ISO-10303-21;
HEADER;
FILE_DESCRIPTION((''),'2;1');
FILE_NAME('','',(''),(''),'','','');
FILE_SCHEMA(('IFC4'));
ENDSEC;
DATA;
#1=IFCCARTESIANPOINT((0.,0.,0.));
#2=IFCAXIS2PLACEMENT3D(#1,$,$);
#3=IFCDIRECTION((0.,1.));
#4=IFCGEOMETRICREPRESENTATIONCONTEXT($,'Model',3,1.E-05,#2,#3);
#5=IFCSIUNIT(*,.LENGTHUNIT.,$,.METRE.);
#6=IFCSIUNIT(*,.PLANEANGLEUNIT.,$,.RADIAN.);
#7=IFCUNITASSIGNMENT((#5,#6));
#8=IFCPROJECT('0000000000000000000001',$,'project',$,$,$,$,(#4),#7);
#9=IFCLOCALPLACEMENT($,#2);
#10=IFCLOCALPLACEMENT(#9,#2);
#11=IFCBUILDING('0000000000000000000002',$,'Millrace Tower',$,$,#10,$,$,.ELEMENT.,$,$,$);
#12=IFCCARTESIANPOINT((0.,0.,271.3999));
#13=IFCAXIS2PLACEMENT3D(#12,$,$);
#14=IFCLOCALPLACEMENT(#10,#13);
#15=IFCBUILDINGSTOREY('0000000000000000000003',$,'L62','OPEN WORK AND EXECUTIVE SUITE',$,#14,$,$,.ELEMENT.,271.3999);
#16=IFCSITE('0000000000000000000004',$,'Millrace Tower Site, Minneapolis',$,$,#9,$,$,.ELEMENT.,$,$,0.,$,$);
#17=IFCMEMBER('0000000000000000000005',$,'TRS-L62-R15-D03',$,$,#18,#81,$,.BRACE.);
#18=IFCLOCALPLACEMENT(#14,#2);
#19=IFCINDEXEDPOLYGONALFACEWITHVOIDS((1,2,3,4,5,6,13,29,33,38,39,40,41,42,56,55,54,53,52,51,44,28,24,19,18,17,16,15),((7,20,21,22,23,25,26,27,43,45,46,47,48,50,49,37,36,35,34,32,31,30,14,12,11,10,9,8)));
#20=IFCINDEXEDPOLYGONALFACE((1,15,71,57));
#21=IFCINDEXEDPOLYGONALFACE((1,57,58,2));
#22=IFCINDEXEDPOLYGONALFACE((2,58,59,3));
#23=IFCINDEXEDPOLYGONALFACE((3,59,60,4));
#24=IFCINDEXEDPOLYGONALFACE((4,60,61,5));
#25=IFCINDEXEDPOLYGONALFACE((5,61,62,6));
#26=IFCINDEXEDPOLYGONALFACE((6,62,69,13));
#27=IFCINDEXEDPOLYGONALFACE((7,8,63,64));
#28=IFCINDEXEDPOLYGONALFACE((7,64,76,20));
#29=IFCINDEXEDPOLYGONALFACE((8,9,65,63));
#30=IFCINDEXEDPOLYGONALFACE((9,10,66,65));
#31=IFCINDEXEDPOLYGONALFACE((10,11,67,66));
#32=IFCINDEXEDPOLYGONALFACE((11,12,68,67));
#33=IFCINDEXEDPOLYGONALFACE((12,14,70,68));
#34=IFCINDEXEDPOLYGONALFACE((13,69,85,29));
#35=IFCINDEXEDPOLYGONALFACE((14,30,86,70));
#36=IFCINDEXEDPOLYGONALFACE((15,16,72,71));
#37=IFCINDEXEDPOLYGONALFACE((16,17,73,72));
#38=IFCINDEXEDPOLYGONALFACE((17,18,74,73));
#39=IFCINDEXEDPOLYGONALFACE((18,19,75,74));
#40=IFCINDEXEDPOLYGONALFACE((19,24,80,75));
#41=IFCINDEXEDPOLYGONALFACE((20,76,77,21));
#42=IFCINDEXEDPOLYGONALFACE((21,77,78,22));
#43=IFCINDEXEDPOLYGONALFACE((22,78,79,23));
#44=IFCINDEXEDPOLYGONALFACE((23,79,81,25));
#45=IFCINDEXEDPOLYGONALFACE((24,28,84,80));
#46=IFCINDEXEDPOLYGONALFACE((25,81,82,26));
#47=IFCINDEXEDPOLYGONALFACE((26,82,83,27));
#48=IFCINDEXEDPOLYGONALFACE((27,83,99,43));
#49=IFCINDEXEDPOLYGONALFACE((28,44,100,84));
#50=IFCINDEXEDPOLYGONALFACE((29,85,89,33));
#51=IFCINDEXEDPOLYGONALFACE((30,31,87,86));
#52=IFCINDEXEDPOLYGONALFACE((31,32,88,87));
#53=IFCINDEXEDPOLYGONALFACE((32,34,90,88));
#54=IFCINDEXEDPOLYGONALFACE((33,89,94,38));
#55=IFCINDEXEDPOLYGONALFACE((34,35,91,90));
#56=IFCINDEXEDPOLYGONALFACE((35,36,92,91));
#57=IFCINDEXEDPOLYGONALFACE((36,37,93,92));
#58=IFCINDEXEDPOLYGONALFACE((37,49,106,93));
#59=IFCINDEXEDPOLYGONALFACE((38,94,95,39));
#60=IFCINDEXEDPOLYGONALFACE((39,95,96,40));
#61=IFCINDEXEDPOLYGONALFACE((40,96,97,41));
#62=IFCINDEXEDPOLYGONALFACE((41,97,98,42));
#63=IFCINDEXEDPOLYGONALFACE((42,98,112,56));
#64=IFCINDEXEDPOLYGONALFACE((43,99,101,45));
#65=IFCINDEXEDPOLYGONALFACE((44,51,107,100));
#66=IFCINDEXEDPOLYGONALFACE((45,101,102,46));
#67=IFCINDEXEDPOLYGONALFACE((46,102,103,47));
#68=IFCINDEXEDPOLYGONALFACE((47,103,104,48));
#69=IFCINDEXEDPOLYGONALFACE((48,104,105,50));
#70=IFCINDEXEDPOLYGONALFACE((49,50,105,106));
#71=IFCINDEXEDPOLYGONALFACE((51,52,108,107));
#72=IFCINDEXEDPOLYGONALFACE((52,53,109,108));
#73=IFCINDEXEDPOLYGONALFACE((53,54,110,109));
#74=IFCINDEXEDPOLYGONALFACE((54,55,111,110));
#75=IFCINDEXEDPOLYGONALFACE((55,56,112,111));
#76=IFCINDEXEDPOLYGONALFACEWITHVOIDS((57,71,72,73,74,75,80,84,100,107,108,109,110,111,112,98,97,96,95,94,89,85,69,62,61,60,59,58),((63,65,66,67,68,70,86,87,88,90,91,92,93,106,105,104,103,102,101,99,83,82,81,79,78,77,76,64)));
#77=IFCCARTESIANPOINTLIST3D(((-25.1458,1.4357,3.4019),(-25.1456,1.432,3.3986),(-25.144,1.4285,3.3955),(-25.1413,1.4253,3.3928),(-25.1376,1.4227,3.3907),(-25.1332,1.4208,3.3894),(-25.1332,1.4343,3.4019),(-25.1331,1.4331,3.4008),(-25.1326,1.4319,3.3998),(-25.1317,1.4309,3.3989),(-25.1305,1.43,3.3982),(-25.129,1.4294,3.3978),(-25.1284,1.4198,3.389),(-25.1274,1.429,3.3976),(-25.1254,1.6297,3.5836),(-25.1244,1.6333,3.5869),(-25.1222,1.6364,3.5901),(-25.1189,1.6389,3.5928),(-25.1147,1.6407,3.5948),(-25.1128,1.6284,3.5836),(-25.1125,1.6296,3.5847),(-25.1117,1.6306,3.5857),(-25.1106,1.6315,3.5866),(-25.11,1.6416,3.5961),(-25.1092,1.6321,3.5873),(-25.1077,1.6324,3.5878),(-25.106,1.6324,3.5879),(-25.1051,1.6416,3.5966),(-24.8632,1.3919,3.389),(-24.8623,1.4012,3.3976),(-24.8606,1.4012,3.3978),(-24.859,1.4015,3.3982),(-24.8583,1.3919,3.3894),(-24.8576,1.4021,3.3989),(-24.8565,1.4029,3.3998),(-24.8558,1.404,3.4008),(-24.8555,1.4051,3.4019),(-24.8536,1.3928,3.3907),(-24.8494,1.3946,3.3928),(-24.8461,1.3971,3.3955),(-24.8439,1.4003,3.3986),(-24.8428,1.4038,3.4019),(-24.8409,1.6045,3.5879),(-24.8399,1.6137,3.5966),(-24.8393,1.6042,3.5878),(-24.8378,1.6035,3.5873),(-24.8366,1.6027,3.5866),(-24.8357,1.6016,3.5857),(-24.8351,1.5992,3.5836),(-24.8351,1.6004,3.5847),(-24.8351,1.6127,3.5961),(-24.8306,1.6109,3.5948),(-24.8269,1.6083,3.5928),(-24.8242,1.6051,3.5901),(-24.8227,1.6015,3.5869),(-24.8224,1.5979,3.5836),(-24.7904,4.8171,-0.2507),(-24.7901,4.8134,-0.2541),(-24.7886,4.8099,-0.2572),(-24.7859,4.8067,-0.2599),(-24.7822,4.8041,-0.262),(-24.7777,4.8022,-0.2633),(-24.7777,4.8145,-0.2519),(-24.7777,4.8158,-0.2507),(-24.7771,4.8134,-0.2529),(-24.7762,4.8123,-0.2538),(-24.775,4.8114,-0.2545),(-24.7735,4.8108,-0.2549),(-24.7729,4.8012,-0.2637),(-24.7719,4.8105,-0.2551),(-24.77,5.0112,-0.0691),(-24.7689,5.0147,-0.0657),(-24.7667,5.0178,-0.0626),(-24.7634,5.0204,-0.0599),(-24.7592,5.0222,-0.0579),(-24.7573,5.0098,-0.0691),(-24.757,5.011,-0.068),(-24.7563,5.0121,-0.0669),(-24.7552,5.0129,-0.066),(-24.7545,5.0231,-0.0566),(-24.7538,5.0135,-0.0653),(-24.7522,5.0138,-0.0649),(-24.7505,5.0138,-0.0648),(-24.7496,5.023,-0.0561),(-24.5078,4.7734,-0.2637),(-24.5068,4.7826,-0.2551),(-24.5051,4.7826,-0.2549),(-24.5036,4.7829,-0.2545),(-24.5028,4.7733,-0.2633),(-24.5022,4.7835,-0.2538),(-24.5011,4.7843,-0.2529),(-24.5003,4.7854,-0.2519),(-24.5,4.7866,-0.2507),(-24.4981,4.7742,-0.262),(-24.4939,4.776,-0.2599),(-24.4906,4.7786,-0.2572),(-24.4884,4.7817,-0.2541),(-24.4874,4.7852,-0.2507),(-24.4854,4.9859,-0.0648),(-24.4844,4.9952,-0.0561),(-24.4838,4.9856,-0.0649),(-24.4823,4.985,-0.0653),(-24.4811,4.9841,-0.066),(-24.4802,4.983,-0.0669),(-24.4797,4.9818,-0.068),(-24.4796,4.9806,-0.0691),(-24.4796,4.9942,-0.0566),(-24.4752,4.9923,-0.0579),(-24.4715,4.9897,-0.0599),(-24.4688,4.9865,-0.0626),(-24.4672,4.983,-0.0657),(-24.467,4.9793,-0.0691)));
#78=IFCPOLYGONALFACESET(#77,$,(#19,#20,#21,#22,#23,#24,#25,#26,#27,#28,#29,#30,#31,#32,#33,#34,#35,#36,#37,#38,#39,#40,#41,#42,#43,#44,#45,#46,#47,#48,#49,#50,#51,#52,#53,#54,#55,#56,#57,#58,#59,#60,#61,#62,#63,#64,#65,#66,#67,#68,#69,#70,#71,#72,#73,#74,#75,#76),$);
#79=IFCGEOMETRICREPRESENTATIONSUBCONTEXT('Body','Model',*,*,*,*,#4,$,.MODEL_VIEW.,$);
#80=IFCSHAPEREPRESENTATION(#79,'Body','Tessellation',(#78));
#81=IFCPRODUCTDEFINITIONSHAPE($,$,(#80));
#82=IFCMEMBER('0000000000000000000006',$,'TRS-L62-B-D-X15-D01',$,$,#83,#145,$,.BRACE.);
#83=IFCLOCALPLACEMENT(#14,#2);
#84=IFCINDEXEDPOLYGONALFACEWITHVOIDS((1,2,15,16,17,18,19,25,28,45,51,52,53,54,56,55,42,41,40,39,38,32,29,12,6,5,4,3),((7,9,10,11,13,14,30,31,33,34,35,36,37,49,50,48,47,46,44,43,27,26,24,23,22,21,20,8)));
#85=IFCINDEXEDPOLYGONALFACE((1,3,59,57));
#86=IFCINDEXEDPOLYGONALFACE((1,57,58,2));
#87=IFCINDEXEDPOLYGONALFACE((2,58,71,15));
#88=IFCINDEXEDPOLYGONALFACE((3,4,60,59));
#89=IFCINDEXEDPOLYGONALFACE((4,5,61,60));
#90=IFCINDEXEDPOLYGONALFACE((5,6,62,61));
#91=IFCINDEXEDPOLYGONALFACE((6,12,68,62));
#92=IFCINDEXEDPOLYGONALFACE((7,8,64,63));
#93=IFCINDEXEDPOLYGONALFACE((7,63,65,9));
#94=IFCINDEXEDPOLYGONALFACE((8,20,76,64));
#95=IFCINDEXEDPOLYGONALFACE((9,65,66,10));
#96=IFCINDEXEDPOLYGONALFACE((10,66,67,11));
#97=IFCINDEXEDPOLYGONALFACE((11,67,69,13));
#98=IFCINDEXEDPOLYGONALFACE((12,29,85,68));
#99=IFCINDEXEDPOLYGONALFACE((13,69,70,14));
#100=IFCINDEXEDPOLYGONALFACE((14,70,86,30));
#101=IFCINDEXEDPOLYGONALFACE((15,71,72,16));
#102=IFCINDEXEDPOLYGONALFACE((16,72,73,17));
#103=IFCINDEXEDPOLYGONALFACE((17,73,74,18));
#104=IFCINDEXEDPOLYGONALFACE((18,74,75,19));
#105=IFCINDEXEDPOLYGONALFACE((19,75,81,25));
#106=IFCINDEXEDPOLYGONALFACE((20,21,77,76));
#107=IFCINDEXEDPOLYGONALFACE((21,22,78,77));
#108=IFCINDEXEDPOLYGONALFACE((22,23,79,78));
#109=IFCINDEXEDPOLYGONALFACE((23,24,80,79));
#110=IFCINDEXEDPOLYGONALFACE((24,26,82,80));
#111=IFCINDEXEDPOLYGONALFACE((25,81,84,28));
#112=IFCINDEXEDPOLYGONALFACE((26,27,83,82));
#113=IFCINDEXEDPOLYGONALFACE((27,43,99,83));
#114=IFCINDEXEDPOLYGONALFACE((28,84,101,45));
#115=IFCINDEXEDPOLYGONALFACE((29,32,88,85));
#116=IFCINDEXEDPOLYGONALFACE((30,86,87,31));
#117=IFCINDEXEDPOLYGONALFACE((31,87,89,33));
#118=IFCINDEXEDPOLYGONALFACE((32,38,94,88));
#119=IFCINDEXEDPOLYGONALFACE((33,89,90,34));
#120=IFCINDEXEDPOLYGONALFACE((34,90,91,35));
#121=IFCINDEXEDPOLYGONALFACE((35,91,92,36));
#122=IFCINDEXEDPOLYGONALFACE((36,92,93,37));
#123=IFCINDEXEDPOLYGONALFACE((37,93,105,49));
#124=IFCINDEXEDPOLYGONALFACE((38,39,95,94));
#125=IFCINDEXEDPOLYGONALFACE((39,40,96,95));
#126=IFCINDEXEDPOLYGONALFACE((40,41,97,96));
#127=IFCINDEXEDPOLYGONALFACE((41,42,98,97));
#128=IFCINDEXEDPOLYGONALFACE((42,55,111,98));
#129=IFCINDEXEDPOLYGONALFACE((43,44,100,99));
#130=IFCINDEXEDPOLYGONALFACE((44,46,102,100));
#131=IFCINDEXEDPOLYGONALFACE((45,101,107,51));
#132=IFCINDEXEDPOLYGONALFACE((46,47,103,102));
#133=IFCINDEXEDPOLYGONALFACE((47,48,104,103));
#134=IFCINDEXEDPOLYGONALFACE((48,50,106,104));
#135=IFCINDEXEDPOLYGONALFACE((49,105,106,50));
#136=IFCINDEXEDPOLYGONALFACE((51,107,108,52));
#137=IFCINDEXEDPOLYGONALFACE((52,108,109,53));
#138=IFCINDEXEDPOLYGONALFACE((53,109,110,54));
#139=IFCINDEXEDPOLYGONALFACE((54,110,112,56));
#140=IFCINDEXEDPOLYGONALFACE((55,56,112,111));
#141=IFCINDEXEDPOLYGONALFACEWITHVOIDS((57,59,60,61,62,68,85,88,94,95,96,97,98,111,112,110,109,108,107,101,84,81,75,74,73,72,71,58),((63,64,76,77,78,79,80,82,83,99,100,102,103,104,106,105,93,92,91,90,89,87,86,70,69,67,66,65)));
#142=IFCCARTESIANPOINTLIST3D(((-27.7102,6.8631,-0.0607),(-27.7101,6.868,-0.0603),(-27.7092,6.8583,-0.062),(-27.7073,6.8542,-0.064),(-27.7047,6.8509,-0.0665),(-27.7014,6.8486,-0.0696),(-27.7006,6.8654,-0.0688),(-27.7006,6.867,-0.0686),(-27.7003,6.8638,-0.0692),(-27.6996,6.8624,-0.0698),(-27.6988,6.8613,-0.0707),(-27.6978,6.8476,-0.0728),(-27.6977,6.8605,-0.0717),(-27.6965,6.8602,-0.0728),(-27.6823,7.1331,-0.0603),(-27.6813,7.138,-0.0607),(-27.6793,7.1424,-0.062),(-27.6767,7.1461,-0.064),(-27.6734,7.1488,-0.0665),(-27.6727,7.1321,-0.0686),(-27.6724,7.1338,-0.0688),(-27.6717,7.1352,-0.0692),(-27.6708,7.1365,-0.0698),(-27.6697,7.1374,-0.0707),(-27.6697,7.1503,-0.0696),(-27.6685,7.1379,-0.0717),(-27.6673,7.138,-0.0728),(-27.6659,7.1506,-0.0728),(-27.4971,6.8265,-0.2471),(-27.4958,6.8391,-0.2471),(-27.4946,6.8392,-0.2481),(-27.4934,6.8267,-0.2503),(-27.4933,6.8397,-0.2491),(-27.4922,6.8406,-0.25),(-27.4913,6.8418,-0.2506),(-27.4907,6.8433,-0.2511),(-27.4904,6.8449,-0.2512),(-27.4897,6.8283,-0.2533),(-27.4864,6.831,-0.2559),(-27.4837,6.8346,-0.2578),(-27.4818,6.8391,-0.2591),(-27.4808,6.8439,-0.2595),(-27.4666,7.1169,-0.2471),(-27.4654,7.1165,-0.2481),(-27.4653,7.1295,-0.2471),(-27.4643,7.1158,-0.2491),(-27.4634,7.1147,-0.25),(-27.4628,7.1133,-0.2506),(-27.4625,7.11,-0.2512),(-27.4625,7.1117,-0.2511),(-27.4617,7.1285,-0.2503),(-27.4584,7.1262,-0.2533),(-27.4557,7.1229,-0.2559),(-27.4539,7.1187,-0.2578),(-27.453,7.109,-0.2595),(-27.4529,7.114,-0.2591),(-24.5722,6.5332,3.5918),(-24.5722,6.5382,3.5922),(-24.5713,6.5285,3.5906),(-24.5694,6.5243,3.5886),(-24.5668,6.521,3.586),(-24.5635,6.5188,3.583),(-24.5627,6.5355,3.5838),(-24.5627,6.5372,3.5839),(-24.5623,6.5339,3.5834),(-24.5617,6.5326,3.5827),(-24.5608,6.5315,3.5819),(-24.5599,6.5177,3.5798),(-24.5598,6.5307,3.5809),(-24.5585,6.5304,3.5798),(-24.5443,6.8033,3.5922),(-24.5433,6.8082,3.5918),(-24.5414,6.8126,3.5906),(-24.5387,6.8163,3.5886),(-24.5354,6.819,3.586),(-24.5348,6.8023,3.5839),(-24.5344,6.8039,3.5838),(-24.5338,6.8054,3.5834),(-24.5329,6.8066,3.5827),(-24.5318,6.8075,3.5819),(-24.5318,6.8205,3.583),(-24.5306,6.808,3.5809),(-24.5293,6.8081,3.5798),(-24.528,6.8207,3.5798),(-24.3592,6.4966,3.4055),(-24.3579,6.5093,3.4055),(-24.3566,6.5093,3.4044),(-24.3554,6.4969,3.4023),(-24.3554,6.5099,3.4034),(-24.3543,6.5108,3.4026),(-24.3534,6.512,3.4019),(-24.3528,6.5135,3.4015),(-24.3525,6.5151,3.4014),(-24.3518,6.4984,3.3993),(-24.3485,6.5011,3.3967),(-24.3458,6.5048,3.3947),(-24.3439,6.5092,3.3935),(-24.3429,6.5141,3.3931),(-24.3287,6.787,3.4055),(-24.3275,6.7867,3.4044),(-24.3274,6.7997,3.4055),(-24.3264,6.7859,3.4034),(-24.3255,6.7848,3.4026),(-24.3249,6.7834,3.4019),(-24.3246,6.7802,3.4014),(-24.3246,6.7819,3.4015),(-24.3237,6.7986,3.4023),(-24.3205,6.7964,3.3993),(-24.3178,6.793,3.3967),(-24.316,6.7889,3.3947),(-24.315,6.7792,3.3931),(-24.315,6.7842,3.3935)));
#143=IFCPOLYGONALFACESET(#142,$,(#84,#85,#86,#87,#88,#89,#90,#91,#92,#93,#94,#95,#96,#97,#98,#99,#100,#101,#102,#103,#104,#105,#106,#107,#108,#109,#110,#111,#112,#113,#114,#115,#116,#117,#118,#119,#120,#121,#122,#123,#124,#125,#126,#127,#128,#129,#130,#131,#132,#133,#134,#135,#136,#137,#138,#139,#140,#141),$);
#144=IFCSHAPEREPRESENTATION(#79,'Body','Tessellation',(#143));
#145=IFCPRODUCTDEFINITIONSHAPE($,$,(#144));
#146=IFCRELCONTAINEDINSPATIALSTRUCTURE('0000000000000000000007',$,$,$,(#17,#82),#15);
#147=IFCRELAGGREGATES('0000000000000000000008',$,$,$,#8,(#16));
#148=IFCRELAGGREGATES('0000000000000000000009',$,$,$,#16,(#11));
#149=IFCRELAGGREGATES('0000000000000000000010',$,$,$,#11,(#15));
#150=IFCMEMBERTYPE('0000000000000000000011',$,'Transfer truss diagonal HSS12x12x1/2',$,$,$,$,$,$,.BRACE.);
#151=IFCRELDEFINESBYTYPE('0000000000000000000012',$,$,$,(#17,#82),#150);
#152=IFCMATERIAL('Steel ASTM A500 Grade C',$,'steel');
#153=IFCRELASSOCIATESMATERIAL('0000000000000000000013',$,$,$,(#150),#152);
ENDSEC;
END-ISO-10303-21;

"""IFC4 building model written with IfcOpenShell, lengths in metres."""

from ifc_helpers import new_model, si_unit, direction, frame, origin, origin_2d, place, context, subcontext, project, spatial, hollow_rectangle, extrude, material, material_profile, profile_set, type_object, element, save


model = new_model("IFC4")

# Units and contexts
model_context = context("Model", 3, precision=1e-05, world=origin(), true_north=direction((0.0, 1.0)))
body_context = subcontext(model_context, "Body", "Model", "MODEL_VIEW")
ifc_project = project(units=[si_unit("LENGTHUNIT", "METRE"), si_unit("PLANEANGLEUNIT", "RADIAN")], contexts=[model_context])

# Site, building, storey
site_placement = place(None, origin())
site = spatial("IfcSite", under=ifc_project, at=site_placement, Name="Millrace Tower Site, Minneapolis", CompositionType="ELEMENT", RefElevation=0.0)
building_placement = place(site_placement, origin())
building = spatial("IfcBuilding", under=site, at=building_placement, Name="Millrace Tower", CompositionType="ELEMENT")
storey_placement = place(building_placement, frame((0.0, 0.0, 271.3999)))
storey = spatial("IfcBuildingStorey", under=building, at=storey_placement, Name="L62", Description="OPEN WORK AND EXECUTIVE SUITE", CompositionType="ELEMENT", Elevation=271.3999)

# Members
ifc_material_1 = material(Name="Steel ASTM A500 Grade C", Category="steel")
ifc_material_profile_1 = material_profile(ifc_material_1, hollow_rectangle(XDim=0.3047, YDim=0.3047, WallThickness=0.0127, InnerFilletRadius=0.0063, OuterFilletRadius=0.019, at=origin_2d()))
ifc_profile_set_1 = profile_set([ifc_material_profile_1], Name="Steel ASTM A500 Grade C")
member_type_1 = type_object("IfcMemberType", Name="Transfer truss diagonal HSS12x12x1/2", PredefinedType="BRACE", material=ifc_profile_set_1)
member_1_placement = place(storey_placement, frame((-24.6287, 4.8982, -0.1599), z_axis=(-0.071235, -0.677609, 0.731964), x_axis=(0.99452, -0.10455, 0.0)))
element("IfcMember", 1, at=member_1_placement, inside=storey, type_object=member_type_1, Name="TRS-L62-R15-D03", PredefinedType="BRACE", context=body_context, shape_type="SweptSolid", body=[
    extrude(hollow_rectangle(XDim=0.3047, YDim=0.3047, WallThickness=0.0127, InnerFilletRadius=0.0063, OuterFilletRadius=0.019, at=origin_2d()), origin(), (0.0, 0.0, 1.0), 4.9902),
])
member_2_placement = place(storey_placement, frame((-27.5815, 6.9885, -0.1599), z_axis=(0.650124, -0.068336, 0.756749), x_axis=(0.104536, 0.994521, 0.0)))
element("IfcMember", 2, at=member_2_placement, inside=storey, type_object=member_type_1, Name="TRS-L62-B-D-X15-D01", PredefinedType="BRACE", context=body_context, shape_type="SweptSolid", body=[
    extrude(hollow_rectangle(XDim=0.3047, YDim=0.3047, WallThickness=0.0127, InnerFilletRadius=0.0063, OuterFilletRadius=0.019, at=origin_2d()), origin(), (0.0, 0.0, 1.0), 4.8267),
])

save(model, "model.ifc")
